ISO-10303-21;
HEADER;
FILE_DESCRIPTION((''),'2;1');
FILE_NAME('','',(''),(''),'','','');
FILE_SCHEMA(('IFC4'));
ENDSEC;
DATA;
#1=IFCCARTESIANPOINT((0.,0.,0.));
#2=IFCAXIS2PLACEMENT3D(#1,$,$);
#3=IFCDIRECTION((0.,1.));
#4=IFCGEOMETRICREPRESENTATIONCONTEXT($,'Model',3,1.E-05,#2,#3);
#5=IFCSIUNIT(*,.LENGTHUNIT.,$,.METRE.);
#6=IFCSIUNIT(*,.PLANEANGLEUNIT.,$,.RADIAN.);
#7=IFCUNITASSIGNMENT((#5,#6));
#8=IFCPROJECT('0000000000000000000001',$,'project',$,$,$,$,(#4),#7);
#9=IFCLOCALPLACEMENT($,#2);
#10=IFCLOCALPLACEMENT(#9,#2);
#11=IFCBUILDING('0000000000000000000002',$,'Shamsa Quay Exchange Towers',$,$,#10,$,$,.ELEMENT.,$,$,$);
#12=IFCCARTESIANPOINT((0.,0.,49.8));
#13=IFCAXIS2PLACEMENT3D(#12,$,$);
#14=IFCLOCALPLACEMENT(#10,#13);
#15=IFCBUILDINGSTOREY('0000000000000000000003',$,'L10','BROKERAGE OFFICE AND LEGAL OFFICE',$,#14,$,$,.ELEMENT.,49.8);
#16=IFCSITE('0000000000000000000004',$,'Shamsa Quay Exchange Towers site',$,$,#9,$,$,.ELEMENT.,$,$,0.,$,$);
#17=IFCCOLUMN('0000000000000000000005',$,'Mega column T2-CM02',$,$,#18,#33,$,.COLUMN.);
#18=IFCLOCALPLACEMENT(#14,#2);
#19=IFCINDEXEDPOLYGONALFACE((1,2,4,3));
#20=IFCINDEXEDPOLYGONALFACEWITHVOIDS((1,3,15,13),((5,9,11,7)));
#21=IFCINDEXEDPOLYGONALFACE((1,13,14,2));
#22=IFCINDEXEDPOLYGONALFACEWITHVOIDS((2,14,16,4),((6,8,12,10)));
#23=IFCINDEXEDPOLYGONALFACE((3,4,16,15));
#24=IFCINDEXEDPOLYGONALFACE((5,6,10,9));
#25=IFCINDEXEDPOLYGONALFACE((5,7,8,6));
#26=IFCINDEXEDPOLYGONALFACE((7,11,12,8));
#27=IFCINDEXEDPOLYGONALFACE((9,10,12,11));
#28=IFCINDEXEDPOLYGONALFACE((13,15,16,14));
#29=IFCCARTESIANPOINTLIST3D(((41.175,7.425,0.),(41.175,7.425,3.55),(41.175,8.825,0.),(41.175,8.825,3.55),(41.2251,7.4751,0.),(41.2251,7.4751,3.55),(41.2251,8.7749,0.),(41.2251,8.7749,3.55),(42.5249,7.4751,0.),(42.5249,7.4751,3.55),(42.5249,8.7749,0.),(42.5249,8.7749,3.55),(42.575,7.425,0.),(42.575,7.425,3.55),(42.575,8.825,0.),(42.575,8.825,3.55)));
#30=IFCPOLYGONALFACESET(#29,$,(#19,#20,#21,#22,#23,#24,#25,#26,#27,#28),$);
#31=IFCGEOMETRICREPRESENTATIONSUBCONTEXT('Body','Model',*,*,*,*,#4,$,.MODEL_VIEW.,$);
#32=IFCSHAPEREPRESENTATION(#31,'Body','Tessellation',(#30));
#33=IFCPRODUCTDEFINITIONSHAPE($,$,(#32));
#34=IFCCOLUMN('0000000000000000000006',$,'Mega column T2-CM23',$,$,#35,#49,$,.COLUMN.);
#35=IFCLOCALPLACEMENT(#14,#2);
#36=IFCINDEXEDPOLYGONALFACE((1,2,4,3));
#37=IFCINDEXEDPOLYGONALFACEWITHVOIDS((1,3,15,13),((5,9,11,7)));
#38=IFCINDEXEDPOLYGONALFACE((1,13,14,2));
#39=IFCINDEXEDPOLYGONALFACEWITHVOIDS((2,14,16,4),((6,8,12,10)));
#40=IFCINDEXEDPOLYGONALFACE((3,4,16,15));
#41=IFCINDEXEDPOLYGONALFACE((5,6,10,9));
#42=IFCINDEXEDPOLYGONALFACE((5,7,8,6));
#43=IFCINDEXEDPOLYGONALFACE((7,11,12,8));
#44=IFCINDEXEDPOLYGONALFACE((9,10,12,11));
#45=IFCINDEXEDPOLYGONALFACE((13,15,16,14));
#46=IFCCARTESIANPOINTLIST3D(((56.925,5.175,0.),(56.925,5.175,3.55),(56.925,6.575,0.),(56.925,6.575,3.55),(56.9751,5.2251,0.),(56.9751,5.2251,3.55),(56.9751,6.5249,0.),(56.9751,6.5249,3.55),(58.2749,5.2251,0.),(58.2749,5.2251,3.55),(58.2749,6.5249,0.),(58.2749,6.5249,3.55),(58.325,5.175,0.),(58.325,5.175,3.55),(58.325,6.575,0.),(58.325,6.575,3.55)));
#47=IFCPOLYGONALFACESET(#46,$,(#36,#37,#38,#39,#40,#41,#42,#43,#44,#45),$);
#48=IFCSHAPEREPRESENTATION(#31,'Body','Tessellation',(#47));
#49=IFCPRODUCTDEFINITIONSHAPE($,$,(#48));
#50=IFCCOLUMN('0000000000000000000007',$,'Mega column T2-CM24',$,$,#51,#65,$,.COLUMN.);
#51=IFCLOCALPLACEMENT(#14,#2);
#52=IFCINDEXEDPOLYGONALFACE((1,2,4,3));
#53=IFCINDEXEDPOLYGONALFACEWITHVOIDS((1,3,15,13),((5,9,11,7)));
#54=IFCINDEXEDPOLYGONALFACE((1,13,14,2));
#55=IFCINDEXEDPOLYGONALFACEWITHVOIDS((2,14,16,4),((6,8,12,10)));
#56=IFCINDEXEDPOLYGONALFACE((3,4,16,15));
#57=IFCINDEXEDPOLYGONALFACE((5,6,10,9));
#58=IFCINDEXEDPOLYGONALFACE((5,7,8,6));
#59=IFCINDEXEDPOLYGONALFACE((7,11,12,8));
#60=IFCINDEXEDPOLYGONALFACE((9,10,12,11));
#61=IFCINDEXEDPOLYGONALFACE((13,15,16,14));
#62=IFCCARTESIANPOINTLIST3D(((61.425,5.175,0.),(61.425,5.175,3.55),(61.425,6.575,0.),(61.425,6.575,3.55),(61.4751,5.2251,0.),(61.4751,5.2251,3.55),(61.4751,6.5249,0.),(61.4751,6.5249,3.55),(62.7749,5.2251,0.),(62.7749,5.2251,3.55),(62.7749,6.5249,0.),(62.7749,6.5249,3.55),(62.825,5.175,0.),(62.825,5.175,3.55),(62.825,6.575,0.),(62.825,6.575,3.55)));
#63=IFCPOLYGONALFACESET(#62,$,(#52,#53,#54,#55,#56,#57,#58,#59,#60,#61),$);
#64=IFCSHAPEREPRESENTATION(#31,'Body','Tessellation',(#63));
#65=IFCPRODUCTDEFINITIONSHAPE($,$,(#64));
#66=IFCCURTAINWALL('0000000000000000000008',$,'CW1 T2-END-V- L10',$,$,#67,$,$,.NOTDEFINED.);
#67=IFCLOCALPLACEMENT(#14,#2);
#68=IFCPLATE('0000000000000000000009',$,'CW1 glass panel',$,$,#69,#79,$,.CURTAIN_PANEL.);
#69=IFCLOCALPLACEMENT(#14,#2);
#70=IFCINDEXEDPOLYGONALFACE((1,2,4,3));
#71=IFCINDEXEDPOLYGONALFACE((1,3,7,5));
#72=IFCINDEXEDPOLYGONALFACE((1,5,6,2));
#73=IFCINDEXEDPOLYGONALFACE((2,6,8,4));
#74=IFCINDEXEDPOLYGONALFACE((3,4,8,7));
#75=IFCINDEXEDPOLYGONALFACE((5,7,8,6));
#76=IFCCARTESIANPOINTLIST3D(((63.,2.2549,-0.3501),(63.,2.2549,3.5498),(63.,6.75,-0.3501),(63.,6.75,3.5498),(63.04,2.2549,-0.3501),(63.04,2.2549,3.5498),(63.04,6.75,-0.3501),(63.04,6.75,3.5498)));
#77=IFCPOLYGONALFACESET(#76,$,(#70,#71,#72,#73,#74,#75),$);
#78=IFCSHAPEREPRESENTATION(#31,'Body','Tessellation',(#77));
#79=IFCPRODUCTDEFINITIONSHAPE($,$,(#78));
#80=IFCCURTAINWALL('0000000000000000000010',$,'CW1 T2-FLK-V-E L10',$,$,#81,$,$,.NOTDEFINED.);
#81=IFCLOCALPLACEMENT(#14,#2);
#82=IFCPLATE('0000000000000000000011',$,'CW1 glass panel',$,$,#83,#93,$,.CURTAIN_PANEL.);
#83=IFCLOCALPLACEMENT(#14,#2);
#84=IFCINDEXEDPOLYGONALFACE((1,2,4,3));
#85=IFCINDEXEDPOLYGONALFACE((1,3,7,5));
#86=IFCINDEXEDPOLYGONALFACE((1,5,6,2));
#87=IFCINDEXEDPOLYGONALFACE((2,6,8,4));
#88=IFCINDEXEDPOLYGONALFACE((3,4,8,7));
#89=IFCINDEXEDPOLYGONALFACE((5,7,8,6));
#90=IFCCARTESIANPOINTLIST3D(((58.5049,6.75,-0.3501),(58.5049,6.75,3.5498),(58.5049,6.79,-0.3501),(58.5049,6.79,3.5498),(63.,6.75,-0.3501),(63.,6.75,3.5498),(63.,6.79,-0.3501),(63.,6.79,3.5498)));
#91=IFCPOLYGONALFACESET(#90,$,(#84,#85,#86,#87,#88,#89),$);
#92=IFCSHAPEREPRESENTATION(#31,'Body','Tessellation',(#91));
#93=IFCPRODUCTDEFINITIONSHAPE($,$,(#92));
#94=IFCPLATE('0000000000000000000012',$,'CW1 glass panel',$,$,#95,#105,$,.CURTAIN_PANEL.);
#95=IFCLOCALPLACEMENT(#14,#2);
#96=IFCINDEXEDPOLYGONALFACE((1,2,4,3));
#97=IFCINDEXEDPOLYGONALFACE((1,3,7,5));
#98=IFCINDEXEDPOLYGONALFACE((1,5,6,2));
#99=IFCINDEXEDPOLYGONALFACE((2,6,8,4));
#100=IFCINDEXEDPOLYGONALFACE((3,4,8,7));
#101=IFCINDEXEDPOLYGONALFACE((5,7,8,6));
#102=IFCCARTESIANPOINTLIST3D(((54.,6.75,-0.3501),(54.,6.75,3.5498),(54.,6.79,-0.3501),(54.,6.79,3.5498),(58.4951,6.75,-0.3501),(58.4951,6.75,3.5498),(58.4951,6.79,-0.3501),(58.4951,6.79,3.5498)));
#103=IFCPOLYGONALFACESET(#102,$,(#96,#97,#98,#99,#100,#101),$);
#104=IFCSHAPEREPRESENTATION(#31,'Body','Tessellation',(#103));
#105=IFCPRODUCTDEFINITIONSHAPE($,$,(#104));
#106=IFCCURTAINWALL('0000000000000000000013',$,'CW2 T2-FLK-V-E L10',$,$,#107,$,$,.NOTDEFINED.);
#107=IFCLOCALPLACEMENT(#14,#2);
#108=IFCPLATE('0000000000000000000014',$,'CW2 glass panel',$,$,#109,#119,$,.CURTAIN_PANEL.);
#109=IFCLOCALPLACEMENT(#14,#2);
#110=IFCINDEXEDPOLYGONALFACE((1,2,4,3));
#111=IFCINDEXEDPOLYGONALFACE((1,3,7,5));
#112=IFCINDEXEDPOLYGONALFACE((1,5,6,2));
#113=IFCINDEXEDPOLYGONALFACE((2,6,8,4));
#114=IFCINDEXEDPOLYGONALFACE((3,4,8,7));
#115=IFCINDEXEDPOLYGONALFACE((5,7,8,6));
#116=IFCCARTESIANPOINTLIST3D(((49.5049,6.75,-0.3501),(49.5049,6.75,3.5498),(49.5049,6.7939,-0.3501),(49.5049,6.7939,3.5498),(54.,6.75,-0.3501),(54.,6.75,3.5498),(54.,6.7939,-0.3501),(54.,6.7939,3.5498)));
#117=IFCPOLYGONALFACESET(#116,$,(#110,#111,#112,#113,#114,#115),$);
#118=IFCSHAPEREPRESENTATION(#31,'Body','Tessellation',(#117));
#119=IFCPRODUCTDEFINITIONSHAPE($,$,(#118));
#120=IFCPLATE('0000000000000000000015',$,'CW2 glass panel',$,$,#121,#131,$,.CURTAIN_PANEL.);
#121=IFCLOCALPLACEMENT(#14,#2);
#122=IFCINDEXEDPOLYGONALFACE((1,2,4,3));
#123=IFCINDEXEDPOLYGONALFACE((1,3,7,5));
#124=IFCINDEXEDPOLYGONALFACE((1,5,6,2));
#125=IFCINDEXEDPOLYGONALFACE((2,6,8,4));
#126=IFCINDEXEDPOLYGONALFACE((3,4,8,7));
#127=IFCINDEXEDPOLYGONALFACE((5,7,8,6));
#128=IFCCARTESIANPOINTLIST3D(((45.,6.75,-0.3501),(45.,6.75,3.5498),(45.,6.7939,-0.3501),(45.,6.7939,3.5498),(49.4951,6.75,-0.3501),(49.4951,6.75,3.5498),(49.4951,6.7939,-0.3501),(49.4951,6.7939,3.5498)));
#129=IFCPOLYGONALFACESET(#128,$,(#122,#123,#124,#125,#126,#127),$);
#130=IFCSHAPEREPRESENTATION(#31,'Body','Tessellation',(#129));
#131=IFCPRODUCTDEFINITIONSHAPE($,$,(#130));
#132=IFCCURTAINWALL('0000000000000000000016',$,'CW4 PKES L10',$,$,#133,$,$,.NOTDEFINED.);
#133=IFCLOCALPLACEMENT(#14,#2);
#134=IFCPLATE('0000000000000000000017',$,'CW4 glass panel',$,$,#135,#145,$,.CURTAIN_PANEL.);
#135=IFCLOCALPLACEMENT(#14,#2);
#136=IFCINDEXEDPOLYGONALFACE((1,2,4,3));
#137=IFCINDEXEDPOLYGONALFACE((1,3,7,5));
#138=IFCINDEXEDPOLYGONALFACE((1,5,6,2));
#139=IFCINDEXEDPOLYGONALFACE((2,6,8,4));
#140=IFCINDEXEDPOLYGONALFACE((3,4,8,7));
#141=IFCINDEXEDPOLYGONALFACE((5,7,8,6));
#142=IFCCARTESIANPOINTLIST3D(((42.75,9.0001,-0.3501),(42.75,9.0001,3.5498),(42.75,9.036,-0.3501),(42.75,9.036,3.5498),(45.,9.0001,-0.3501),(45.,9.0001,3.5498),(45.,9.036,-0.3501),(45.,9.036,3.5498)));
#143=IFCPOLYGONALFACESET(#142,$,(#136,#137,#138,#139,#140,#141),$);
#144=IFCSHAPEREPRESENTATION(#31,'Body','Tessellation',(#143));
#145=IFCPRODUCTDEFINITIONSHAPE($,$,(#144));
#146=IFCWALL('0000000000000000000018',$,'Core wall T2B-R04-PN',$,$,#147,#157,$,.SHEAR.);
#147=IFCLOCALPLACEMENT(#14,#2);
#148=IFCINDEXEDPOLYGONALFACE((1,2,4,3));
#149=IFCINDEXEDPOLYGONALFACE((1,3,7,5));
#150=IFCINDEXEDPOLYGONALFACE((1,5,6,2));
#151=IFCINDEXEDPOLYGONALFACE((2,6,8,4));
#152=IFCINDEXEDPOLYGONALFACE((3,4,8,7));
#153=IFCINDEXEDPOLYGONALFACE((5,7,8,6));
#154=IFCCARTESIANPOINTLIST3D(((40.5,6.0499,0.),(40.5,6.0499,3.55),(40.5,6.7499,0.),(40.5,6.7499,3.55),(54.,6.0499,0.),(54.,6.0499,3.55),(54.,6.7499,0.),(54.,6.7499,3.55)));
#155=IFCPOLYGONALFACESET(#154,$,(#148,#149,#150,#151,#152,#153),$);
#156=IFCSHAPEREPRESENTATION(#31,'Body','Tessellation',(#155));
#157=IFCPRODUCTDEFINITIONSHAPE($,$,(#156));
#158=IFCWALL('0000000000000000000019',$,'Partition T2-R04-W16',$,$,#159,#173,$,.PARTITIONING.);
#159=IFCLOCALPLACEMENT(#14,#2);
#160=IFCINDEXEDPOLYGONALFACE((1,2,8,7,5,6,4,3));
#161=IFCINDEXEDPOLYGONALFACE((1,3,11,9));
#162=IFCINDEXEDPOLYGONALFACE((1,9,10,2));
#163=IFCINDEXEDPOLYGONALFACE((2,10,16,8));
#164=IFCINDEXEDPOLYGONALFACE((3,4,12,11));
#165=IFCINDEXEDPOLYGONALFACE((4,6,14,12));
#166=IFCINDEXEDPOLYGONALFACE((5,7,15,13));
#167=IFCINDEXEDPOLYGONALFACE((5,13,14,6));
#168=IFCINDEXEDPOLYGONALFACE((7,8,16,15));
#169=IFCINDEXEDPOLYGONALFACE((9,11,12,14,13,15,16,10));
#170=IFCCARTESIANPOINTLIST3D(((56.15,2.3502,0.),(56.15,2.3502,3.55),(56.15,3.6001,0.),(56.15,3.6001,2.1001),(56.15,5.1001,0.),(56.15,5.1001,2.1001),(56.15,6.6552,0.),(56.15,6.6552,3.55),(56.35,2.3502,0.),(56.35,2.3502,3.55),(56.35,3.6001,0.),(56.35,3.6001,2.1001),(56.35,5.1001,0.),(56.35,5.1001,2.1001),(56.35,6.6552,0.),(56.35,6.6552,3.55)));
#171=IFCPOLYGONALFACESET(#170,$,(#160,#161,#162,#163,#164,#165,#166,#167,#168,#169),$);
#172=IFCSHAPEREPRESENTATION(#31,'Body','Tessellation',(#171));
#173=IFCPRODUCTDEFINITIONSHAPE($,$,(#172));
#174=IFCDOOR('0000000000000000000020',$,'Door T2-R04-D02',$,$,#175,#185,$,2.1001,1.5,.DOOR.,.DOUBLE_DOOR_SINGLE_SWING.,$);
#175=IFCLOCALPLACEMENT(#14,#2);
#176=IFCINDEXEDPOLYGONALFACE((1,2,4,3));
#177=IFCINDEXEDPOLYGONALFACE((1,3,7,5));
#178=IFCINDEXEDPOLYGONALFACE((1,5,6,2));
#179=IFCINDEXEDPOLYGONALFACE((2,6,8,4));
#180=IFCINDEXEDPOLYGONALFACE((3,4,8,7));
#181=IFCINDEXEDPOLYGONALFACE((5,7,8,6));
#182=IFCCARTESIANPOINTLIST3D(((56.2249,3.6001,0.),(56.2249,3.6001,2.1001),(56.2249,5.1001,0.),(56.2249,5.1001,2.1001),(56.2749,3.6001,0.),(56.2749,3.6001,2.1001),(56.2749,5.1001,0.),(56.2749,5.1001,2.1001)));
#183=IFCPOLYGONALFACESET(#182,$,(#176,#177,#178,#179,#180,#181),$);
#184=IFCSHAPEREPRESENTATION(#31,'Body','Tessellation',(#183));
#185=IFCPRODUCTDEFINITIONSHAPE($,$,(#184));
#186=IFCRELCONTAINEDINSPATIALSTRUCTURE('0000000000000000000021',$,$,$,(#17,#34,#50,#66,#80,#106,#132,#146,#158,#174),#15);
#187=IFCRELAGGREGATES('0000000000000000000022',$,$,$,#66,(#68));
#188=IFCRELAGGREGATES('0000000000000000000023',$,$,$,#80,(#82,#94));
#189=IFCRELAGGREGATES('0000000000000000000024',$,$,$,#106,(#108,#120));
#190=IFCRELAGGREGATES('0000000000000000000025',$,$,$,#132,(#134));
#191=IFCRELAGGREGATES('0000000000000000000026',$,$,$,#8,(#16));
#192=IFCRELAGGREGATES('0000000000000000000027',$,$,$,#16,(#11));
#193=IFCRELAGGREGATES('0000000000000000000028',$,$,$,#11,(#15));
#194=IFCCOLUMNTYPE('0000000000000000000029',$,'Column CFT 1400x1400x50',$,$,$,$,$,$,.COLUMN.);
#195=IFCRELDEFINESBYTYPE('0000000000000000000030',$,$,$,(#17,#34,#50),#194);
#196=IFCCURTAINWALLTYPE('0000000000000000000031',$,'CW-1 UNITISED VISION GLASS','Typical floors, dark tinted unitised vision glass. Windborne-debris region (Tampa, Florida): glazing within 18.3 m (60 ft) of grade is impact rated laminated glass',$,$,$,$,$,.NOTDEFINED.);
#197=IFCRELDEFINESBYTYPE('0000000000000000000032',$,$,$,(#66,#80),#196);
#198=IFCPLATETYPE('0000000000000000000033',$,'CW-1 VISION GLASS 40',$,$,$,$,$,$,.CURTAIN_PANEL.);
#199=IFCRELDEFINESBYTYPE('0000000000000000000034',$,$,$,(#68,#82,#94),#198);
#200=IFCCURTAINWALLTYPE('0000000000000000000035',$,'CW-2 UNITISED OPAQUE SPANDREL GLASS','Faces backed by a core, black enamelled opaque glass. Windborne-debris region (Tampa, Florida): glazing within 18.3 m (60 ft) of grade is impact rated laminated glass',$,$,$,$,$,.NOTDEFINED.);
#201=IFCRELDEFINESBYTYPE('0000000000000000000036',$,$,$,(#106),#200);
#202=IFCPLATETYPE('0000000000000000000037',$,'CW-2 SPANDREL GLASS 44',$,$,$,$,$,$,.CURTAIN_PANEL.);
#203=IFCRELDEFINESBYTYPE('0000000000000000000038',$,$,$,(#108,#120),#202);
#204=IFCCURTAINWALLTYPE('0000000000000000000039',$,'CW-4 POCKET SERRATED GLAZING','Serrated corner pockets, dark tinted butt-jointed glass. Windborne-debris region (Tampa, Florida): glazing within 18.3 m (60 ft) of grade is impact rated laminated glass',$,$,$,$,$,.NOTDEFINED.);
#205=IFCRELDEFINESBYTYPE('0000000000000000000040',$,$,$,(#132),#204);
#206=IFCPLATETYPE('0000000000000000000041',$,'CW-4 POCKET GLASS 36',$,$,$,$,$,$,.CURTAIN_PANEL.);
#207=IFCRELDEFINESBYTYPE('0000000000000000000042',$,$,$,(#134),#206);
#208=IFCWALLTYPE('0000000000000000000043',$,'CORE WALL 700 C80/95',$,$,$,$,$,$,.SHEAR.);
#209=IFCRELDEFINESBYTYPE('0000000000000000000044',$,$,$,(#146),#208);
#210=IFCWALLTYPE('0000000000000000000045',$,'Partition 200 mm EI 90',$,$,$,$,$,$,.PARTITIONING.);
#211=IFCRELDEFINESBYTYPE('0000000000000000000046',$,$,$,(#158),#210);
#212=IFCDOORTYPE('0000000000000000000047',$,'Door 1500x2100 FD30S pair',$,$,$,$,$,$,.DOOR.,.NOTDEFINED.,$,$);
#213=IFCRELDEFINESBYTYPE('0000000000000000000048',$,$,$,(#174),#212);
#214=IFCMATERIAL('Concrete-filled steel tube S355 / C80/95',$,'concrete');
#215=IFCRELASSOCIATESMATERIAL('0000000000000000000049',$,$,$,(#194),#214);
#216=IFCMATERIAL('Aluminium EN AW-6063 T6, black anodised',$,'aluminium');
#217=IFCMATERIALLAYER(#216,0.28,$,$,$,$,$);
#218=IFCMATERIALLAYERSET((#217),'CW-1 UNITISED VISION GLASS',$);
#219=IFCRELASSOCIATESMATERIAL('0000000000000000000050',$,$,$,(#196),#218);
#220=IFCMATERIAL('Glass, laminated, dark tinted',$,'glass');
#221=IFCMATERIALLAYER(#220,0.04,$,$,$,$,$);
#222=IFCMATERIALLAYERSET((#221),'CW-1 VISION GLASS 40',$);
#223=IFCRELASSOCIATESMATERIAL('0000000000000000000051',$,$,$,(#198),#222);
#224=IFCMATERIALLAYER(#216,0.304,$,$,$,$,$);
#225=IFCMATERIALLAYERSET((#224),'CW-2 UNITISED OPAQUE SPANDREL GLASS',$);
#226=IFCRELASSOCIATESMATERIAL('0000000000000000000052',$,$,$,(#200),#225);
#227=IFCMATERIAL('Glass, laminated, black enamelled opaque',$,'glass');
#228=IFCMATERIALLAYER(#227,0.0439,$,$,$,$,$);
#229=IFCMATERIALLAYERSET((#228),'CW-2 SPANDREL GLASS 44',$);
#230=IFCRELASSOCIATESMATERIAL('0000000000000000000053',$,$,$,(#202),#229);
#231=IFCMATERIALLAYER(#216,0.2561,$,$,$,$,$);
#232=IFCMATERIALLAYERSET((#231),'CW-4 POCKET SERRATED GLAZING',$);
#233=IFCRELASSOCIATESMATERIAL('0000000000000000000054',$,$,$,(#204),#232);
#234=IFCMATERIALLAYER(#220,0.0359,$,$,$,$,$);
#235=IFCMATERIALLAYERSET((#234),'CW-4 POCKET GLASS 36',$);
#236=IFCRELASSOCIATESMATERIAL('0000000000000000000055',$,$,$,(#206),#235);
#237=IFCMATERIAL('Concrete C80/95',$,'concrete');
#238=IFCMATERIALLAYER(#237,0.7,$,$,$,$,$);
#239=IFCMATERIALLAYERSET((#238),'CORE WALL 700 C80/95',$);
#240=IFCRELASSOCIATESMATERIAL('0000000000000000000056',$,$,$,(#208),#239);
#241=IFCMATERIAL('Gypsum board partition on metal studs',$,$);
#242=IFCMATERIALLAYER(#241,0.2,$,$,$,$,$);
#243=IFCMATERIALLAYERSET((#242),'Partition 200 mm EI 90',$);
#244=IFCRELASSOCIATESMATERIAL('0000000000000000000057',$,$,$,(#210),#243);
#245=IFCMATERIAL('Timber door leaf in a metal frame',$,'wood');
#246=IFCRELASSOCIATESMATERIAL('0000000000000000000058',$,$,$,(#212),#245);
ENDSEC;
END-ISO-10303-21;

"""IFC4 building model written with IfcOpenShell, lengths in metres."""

from ifc_helpers import new_model, si_unit, direction, frame, frame_2d, origin, origin_2d, place, context, subcontext, project, spatial, rectangle, hollow_rectangle, extrude, material, layer, layer_set, material_profile, profile_set, type_object, element, fill, aggregate, save


model = new_model("IFC4")

# Units and contexts
model_context = context("Model", 3, precision=1e-05, world=origin(), true_north=direction((0.0, 1.0)))
body_context = subcontext(model_context, "Body", "Model", "MODEL_VIEW")
ifc_project = project(units=[si_unit("LENGTHUNIT", "METRE"), si_unit("PLANEANGLEUNIT", "RADIAN")], contexts=[model_context])

# Site, building, storey
site_placement = place(None, origin())
site = spatial("IfcSite", under=ifc_project, at=site_placement, Name="Shamsa Quay Exchange Towers site", CompositionType="ELEMENT", RefElevation=0.0)
building_placement = place(site_placement, origin())
building = spatial("IfcBuilding", under=site, at=building_placement, Name="Shamsa Quay Exchange Towers", CompositionType="ELEMENT")
storey_placement = place(building_placement, frame((0.0, 0.0, 49.8)))
storey = spatial("IfcBuildingStorey", under=building, at=storey_placement, Name="L10", Description="BROKERAGE OFFICE AND LEGAL OFFICE", CompositionType="ELEMENT", Elevation=49.8)

# Columns
ifc_material_1 = material(Name="Concrete-filled steel tube S355 / C80/95", Category="concrete")
ifc_material_profile = material_profile(ifc_material_1, hollow_rectangle(XDim=1.3999, YDim=1.3999, WallThickness=0.05, at=origin_2d()), Name="CFT 1400x1400x50")
ifc_profile_set = profile_set([ifc_material_profile], Name="Concrete-filled steel tube S355 / C80/95")
column_type = type_object("IfcColumnType", Name="Column CFT 1400x1400x50", PredefinedType="COLUMN", material=ifc_profile_set)
for number, where, name in (
    (1, (41.875, 8.125, 0.0), "Mega column T2-CM02"),
    (2, (57.625, 5.875, 0.0), "Mega column T2-CM23"),
    (3, (62.125, 5.875, 0.0), "Mega column T2-CM24"),
):
    element("IfcColumn", number, at=place(storey_placement, frame(where)), inside=storey, type_object=column_type, Name=name, PredefinedType="COLUMN", context=body_context, shape_type="SweptSolid", body=[
        extrude(hollow_rectangle(XDim=1.3999, YDim=1.3999, WallThickness=0.05, at=origin_2d()), origin(), (0.0, 0.0, 1.0), 3.55),
    ])

# Curtain wall, plate
ifc_material_2 = material(Name="Aluminium EN AW-6063 T6, black anodised", Category="aluminium")
ifc_layer_1 = layer(ifc_material_2, 0.28)
ifc_layer_set_1 = layer_set([ifc_layer_1], Name="CW-1 UNITISED VISION GLASS")
curtain_wall_type_1 = type_object("IfcCurtainWallType", Name="CW-1 UNITISED VISION GLASS", Description="Typical floors, dark tinted unitised vision glass. Windborne-debris region (Tampa, Florida): glazing within 18.3 m (60 ft) of grade is impact rated laminated glass", PredefinedType="NOTDEFINED", material=ifc_layer_set_1)
curtain_wall_1_placement = place(storey_placement, origin())
curtain_wall_1 = element("IfcCurtainWall", 4, at=curtain_wall_1_placement, inside=storey, type_object=curtain_wall_type_1, Name="CW1 T2-END-V- L10", PredefinedType="NOTDEFINED")
ifc_material_3 = material(Name="Glass, laminated, dark tinted", Category="glass")
ifc_layer_2 = layer(ifc_material_3, 0.04)
ifc_layer_set_2 = layer_set([ifc_layer_2], Name="CW-1 VISION GLASS 40")
plate_type_1 = type_object("IfcPlateType", Name="CW-1 VISION GLASS 40", PredefinedType="CURTAIN_PANEL", material=ifc_layer_set_2)
plate_1_placement = place(storey_placement, frame((63.02, 4.5024, -0.3501), z_axis=(0.0, 0.0, 1.0), x_axis=(0.0, 1.0, 0.0)))
plate_1 = element("IfcPlate", 5, at=plate_1_placement, type_object=plate_type_1, Name="CW1 glass panel", PredefinedType="CURTAIN_PANEL", context=body_context, shape_type="SweptSolid", body=[
    extrude(rectangle(XDim=4.4951, YDim=0.04, at=origin_2d()), origin(), (0.0, 0.0, 1.0), 3.8999),
])
aggregate(curtain_wall_1, [plate_1])

# Curtain walls, plates
curtain_wall_2_placement = place(storey_placement, origin())
curtain_wall_2 = element("IfcCurtainWall", 6, at=curtain_wall_2_placement, inside=storey, type_object=curtain_wall_type_1, Name="CW1 T2-FLK-V-E L10", PredefinedType="NOTDEFINED")
plate_2_placement = place(storey_placement, frame((60.7524, 6.77, -0.3501), z_axis=(0.0, 0.0, 1.0), x_axis=(-1.0, 0.0, 0.0)))
plate_2 = element("IfcPlate", 7, at=plate_2_placement, type_object=plate_type_1, Name="CW1 glass panel", PredefinedType="CURTAIN_PANEL", context=body_context, shape_type="SweptSolid", body=[
    extrude(rectangle(XDim=4.4951, YDim=0.04, at=origin_2d()), origin(), (0.0, 0.0, 1.0), 3.8999),
])
plate_3_placement = place(storey_placement, frame((56.2476, 6.77, -0.3501), z_axis=(0.0, 0.0, 1.0), x_axis=(-1.0, 0.0, 0.0)))
plate_3 = element("IfcPlate", 8, at=plate_3_placement, type_object=plate_type_1, Name="CW1 glass panel", PredefinedType="CURTAIN_PANEL", context=body_context, shape_type="SweptSolid", body=[
    extrude(rectangle(XDim=4.4951, YDim=0.04, at=origin_2d()), origin(), (0.0, 0.0, 1.0), 3.8999),
])
aggregate(curtain_wall_2, [plate_2, plate_3])
ifc_layer_3 = layer(ifc_material_2, 0.304)
ifc_layer_set_3 = layer_set([ifc_layer_3], Name="CW-2 UNITISED OPAQUE SPANDREL GLASS")
curtain_wall_type_2 = type_object("IfcCurtainWallType", Name="CW-2 UNITISED OPAQUE SPANDREL GLASS", Description="Faces backed by a core, black enamelled opaque glass. Windborne-debris region (Tampa, Florida): glazing within 18.3 m (60 ft) of grade is impact rated laminated glass", PredefinedType="NOTDEFINED", material=ifc_layer_set_3)
curtain_wall_3_placement = place(storey_placement, origin())
curtain_wall_3 = element("IfcCurtainWall", 9, at=curtain_wall_3_placement, inside=storey, type_object=curtain_wall_type_2, Name="CW2 T2-FLK-V-E L10", PredefinedType="NOTDEFINED")
ifc_material_4 = material(Name="Glass, laminated, black enamelled opaque", Category="glass")
ifc_layer_4 = layer(ifc_material_4, 0.0439)
ifc_layer_set_4 = layer_set([ifc_layer_4], Name="CW-2 SPANDREL GLASS 44")
plate_type_2 = type_object("IfcPlateType", Name="CW-2 SPANDREL GLASS 44", PredefinedType="CURTAIN_PANEL", material=ifc_layer_set_4)
plate_4_placement = place(storey_placement, frame((51.7524, 6.772, -0.3501), z_axis=(0.0, 0.0, 1.0), x_axis=(-1.0, 0.0, 0.0)))
plate_4 = element("IfcPlate", 10, at=plate_4_placement, type_object=plate_type_2, Name="CW2 glass panel", PredefinedType="CURTAIN_PANEL", context=body_context, shape_type="SweptSolid", body=[
    extrude(rectangle(XDim=4.4951, YDim=0.0439, at=origin_2d()), origin(), (0.0, 0.0, 1.0), 3.8999),
])
plate_5_placement = place(storey_placement, frame((47.2476, 6.772, -0.3501), z_axis=(0.0, 0.0, 1.0), x_axis=(-1.0, 0.0, 0.0)))
plate_5 = element("IfcPlate", 11, at=plate_5_placement, type_object=plate_type_2, Name="CW2 glass panel", PredefinedType="CURTAIN_PANEL", context=body_context, shape_type="SweptSolid", body=[
    extrude(rectangle(XDim=4.4951, YDim=0.0439, at=origin_2d()), origin(), (0.0, 0.0, 1.0), 3.8999),
])
aggregate(curtain_wall_3, [plate_4, plate_5])

# Curtain wall, plate
ifc_layer_5 = layer(ifc_material_2, 0.2561)
ifc_layer_set_5 = layer_set([ifc_layer_5], Name="CW-4 POCKET SERRATED GLAZING")
curtain_wall_type_3 = type_object("IfcCurtainWallType", Name="CW-4 POCKET SERRATED GLAZING", Description="Serrated corner pockets, dark tinted butt-jointed glass. Windborne-debris region (Tampa, Florida): glazing within 18.3 m (60 ft) of grade is impact rated laminated glass", PredefinedType="NOTDEFINED", material=ifc_layer_set_5)
curtain_wall_4_placement = place(storey_placement, origin())
curtain_wall_4 = element("IfcCurtainWall", 12, at=curtain_wall_4_placement, inside=storey, type_object=curtain_wall_type_3, Name="CW4 PKES L10", PredefinedType="NOTDEFINED")
ifc_layer_6 = layer(ifc_material_3, 0.0359)
ifc_layer_set_6 = layer_set([ifc_layer_6], Name="CW-4 POCKET GLASS 36")
plate_type_3 = type_object("IfcPlateType", Name="CW-4 POCKET GLASS 36", PredefinedType="CURTAIN_PANEL", material=ifc_layer_set_6)
plate_6_placement = place(storey_placement, frame((43.875, 9.0181, -0.3501), z_axis=(0.0, 0.0, 1.0), x_axis=(-1.0, 0.0, 0.0)))
plate_6 = element("IfcPlate", 13, at=plate_6_placement, type_object=plate_type_3, Name="CW4 glass panel", PredefinedType="CURTAIN_PANEL", context=body_context, shape_type="SweptSolid", body=[
    extrude(rectangle(XDim=2.25, YDim=0.0359, at=origin_2d()), origin(), (0.0, 0.0, 1.0), 3.8999),
])
aggregate(curtain_wall_4, [plate_6])

# Wall
ifc_material_5 = material(Name="Concrete C80/95", Category="concrete")
ifc_layer_7 = layer(ifc_material_5, 0.7)
ifc_layer_set_7 = layer_set([ifc_layer_7], Name="CORE WALL 700 C80/95")
wall_type_1 = type_object("IfcWallType", Name="CORE WALL 700 C80/95", PredefinedType="SHEAR", material=ifc_layer_set_7)
wall_1_placement = place(storey_placement, frame((54.0, 6.3999, 0.0), z_axis=(0.0, 0.0, 1.0), x_axis=(-1.0, 0.0, 0.0)))
element("IfcWall", 14, at=wall_1_placement, inside=storey, type_object=wall_type_1, Name="Core wall T2B-R04-PN", PredefinedType="SHEAR", context=body_context, shape_type="SweptSolid", body=[
    extrude(rectangle(XDim=13.5, YDim=0.7, at=frame_2d((6.75, 0.0))), origin(), (0.0, 0.0, 1.0), 3.55),
])

# Wall, opening, door
ifc_material_6 = material(Name="Gypsum board partition on metal studs")
ifc_layer_8 = layer(ifc_material_6, 0.2)
ifc_layer_set_8 = layer_set([ifc_layer_8], Name="Partition 200 mm EI 90")
wall_type_2 = type_object("IfcWallType", Name="Partition 200 mm EI 90", PredefinedType="PARTITIONING", material=ifc_layer_set_8)
wall_2_placement = place(storey_placement, frame((56.25, 6.655, 0.0), z_axis=(0.0, 0.0, 1.0), x_axis=(0.0, -1.0, 0.0)))
wall_2 = element("IfcWall", 15, at=wall_2_placement, inside=storey, type_object=wall_type_2, Name="Partition T2-R04-W16", PredefinedType="PARTITIONING", context=body_context, shape_type="SweptSolid", body=[
    extrude(rectangle(XDim=4.3049, YDim=0.2, at=frame_2d((2.1523, 0.0))), origin(), (0.0, 0.0, 1.0), 3.55),
])
opening_1_placement = place(wall_2_placement, frame((1.5549, 0.0, 0.0)))
opening_1 = element("IfcOpeningElement", 16, at=opening_1_placement, cuts=wall_2, PredefinedType="OPENING", context=body_context, shape_type="SweptSolid", body=[
    extrude(rectangle(XDim=1.5, YDim=2.1001, at=frame_2d((0.75, 1.05))), frame((0.0, 0.1099, 0.0), z_axis=(0.0, -1.0, 0.0), x_axis=(1.0, 0.0, 0.0)), (0.0, 0.0, 1.0), 0.22),
])
ifc_material_7 = material(Name="Timber door leaf in a metal frame", Category="wood")
door_type_1 = type_object("IfcDoorType", Name="Door 1500x2100 FD30S pair", OperationType="NOTDEFINED", PredefinedType="DOOR", material=ifc_material_7)
door_1_placement = place(opening_1_placement, origin())
door_1 = element("IfcDoor", 17, at=door_1_placement, inside=storey, type_object=door_type_1, Name="Door T2-R04-D02", OperationType="DOUBLE_DOOR_SINGLE_SWING", OverallHeight=2.1001, OverallWidth=1.5, PredefinedType="DOOR", context=body_context, shape_type="SweptSolid", body=[
    extrude(rectangle(XDim=1.5, YDim=2.1001, at=frame_2d((0.75, 1.05))), frame((0.0, 0.0249, 0.0), z_axis=(0.0, -1.0, 0.0), x_axis=(1.0, 0.0, 0.0)), (0.0, 0.0, 1.0), 0.05),
])
fill(opening_1, door_1)

save(model, "model.ifc")
